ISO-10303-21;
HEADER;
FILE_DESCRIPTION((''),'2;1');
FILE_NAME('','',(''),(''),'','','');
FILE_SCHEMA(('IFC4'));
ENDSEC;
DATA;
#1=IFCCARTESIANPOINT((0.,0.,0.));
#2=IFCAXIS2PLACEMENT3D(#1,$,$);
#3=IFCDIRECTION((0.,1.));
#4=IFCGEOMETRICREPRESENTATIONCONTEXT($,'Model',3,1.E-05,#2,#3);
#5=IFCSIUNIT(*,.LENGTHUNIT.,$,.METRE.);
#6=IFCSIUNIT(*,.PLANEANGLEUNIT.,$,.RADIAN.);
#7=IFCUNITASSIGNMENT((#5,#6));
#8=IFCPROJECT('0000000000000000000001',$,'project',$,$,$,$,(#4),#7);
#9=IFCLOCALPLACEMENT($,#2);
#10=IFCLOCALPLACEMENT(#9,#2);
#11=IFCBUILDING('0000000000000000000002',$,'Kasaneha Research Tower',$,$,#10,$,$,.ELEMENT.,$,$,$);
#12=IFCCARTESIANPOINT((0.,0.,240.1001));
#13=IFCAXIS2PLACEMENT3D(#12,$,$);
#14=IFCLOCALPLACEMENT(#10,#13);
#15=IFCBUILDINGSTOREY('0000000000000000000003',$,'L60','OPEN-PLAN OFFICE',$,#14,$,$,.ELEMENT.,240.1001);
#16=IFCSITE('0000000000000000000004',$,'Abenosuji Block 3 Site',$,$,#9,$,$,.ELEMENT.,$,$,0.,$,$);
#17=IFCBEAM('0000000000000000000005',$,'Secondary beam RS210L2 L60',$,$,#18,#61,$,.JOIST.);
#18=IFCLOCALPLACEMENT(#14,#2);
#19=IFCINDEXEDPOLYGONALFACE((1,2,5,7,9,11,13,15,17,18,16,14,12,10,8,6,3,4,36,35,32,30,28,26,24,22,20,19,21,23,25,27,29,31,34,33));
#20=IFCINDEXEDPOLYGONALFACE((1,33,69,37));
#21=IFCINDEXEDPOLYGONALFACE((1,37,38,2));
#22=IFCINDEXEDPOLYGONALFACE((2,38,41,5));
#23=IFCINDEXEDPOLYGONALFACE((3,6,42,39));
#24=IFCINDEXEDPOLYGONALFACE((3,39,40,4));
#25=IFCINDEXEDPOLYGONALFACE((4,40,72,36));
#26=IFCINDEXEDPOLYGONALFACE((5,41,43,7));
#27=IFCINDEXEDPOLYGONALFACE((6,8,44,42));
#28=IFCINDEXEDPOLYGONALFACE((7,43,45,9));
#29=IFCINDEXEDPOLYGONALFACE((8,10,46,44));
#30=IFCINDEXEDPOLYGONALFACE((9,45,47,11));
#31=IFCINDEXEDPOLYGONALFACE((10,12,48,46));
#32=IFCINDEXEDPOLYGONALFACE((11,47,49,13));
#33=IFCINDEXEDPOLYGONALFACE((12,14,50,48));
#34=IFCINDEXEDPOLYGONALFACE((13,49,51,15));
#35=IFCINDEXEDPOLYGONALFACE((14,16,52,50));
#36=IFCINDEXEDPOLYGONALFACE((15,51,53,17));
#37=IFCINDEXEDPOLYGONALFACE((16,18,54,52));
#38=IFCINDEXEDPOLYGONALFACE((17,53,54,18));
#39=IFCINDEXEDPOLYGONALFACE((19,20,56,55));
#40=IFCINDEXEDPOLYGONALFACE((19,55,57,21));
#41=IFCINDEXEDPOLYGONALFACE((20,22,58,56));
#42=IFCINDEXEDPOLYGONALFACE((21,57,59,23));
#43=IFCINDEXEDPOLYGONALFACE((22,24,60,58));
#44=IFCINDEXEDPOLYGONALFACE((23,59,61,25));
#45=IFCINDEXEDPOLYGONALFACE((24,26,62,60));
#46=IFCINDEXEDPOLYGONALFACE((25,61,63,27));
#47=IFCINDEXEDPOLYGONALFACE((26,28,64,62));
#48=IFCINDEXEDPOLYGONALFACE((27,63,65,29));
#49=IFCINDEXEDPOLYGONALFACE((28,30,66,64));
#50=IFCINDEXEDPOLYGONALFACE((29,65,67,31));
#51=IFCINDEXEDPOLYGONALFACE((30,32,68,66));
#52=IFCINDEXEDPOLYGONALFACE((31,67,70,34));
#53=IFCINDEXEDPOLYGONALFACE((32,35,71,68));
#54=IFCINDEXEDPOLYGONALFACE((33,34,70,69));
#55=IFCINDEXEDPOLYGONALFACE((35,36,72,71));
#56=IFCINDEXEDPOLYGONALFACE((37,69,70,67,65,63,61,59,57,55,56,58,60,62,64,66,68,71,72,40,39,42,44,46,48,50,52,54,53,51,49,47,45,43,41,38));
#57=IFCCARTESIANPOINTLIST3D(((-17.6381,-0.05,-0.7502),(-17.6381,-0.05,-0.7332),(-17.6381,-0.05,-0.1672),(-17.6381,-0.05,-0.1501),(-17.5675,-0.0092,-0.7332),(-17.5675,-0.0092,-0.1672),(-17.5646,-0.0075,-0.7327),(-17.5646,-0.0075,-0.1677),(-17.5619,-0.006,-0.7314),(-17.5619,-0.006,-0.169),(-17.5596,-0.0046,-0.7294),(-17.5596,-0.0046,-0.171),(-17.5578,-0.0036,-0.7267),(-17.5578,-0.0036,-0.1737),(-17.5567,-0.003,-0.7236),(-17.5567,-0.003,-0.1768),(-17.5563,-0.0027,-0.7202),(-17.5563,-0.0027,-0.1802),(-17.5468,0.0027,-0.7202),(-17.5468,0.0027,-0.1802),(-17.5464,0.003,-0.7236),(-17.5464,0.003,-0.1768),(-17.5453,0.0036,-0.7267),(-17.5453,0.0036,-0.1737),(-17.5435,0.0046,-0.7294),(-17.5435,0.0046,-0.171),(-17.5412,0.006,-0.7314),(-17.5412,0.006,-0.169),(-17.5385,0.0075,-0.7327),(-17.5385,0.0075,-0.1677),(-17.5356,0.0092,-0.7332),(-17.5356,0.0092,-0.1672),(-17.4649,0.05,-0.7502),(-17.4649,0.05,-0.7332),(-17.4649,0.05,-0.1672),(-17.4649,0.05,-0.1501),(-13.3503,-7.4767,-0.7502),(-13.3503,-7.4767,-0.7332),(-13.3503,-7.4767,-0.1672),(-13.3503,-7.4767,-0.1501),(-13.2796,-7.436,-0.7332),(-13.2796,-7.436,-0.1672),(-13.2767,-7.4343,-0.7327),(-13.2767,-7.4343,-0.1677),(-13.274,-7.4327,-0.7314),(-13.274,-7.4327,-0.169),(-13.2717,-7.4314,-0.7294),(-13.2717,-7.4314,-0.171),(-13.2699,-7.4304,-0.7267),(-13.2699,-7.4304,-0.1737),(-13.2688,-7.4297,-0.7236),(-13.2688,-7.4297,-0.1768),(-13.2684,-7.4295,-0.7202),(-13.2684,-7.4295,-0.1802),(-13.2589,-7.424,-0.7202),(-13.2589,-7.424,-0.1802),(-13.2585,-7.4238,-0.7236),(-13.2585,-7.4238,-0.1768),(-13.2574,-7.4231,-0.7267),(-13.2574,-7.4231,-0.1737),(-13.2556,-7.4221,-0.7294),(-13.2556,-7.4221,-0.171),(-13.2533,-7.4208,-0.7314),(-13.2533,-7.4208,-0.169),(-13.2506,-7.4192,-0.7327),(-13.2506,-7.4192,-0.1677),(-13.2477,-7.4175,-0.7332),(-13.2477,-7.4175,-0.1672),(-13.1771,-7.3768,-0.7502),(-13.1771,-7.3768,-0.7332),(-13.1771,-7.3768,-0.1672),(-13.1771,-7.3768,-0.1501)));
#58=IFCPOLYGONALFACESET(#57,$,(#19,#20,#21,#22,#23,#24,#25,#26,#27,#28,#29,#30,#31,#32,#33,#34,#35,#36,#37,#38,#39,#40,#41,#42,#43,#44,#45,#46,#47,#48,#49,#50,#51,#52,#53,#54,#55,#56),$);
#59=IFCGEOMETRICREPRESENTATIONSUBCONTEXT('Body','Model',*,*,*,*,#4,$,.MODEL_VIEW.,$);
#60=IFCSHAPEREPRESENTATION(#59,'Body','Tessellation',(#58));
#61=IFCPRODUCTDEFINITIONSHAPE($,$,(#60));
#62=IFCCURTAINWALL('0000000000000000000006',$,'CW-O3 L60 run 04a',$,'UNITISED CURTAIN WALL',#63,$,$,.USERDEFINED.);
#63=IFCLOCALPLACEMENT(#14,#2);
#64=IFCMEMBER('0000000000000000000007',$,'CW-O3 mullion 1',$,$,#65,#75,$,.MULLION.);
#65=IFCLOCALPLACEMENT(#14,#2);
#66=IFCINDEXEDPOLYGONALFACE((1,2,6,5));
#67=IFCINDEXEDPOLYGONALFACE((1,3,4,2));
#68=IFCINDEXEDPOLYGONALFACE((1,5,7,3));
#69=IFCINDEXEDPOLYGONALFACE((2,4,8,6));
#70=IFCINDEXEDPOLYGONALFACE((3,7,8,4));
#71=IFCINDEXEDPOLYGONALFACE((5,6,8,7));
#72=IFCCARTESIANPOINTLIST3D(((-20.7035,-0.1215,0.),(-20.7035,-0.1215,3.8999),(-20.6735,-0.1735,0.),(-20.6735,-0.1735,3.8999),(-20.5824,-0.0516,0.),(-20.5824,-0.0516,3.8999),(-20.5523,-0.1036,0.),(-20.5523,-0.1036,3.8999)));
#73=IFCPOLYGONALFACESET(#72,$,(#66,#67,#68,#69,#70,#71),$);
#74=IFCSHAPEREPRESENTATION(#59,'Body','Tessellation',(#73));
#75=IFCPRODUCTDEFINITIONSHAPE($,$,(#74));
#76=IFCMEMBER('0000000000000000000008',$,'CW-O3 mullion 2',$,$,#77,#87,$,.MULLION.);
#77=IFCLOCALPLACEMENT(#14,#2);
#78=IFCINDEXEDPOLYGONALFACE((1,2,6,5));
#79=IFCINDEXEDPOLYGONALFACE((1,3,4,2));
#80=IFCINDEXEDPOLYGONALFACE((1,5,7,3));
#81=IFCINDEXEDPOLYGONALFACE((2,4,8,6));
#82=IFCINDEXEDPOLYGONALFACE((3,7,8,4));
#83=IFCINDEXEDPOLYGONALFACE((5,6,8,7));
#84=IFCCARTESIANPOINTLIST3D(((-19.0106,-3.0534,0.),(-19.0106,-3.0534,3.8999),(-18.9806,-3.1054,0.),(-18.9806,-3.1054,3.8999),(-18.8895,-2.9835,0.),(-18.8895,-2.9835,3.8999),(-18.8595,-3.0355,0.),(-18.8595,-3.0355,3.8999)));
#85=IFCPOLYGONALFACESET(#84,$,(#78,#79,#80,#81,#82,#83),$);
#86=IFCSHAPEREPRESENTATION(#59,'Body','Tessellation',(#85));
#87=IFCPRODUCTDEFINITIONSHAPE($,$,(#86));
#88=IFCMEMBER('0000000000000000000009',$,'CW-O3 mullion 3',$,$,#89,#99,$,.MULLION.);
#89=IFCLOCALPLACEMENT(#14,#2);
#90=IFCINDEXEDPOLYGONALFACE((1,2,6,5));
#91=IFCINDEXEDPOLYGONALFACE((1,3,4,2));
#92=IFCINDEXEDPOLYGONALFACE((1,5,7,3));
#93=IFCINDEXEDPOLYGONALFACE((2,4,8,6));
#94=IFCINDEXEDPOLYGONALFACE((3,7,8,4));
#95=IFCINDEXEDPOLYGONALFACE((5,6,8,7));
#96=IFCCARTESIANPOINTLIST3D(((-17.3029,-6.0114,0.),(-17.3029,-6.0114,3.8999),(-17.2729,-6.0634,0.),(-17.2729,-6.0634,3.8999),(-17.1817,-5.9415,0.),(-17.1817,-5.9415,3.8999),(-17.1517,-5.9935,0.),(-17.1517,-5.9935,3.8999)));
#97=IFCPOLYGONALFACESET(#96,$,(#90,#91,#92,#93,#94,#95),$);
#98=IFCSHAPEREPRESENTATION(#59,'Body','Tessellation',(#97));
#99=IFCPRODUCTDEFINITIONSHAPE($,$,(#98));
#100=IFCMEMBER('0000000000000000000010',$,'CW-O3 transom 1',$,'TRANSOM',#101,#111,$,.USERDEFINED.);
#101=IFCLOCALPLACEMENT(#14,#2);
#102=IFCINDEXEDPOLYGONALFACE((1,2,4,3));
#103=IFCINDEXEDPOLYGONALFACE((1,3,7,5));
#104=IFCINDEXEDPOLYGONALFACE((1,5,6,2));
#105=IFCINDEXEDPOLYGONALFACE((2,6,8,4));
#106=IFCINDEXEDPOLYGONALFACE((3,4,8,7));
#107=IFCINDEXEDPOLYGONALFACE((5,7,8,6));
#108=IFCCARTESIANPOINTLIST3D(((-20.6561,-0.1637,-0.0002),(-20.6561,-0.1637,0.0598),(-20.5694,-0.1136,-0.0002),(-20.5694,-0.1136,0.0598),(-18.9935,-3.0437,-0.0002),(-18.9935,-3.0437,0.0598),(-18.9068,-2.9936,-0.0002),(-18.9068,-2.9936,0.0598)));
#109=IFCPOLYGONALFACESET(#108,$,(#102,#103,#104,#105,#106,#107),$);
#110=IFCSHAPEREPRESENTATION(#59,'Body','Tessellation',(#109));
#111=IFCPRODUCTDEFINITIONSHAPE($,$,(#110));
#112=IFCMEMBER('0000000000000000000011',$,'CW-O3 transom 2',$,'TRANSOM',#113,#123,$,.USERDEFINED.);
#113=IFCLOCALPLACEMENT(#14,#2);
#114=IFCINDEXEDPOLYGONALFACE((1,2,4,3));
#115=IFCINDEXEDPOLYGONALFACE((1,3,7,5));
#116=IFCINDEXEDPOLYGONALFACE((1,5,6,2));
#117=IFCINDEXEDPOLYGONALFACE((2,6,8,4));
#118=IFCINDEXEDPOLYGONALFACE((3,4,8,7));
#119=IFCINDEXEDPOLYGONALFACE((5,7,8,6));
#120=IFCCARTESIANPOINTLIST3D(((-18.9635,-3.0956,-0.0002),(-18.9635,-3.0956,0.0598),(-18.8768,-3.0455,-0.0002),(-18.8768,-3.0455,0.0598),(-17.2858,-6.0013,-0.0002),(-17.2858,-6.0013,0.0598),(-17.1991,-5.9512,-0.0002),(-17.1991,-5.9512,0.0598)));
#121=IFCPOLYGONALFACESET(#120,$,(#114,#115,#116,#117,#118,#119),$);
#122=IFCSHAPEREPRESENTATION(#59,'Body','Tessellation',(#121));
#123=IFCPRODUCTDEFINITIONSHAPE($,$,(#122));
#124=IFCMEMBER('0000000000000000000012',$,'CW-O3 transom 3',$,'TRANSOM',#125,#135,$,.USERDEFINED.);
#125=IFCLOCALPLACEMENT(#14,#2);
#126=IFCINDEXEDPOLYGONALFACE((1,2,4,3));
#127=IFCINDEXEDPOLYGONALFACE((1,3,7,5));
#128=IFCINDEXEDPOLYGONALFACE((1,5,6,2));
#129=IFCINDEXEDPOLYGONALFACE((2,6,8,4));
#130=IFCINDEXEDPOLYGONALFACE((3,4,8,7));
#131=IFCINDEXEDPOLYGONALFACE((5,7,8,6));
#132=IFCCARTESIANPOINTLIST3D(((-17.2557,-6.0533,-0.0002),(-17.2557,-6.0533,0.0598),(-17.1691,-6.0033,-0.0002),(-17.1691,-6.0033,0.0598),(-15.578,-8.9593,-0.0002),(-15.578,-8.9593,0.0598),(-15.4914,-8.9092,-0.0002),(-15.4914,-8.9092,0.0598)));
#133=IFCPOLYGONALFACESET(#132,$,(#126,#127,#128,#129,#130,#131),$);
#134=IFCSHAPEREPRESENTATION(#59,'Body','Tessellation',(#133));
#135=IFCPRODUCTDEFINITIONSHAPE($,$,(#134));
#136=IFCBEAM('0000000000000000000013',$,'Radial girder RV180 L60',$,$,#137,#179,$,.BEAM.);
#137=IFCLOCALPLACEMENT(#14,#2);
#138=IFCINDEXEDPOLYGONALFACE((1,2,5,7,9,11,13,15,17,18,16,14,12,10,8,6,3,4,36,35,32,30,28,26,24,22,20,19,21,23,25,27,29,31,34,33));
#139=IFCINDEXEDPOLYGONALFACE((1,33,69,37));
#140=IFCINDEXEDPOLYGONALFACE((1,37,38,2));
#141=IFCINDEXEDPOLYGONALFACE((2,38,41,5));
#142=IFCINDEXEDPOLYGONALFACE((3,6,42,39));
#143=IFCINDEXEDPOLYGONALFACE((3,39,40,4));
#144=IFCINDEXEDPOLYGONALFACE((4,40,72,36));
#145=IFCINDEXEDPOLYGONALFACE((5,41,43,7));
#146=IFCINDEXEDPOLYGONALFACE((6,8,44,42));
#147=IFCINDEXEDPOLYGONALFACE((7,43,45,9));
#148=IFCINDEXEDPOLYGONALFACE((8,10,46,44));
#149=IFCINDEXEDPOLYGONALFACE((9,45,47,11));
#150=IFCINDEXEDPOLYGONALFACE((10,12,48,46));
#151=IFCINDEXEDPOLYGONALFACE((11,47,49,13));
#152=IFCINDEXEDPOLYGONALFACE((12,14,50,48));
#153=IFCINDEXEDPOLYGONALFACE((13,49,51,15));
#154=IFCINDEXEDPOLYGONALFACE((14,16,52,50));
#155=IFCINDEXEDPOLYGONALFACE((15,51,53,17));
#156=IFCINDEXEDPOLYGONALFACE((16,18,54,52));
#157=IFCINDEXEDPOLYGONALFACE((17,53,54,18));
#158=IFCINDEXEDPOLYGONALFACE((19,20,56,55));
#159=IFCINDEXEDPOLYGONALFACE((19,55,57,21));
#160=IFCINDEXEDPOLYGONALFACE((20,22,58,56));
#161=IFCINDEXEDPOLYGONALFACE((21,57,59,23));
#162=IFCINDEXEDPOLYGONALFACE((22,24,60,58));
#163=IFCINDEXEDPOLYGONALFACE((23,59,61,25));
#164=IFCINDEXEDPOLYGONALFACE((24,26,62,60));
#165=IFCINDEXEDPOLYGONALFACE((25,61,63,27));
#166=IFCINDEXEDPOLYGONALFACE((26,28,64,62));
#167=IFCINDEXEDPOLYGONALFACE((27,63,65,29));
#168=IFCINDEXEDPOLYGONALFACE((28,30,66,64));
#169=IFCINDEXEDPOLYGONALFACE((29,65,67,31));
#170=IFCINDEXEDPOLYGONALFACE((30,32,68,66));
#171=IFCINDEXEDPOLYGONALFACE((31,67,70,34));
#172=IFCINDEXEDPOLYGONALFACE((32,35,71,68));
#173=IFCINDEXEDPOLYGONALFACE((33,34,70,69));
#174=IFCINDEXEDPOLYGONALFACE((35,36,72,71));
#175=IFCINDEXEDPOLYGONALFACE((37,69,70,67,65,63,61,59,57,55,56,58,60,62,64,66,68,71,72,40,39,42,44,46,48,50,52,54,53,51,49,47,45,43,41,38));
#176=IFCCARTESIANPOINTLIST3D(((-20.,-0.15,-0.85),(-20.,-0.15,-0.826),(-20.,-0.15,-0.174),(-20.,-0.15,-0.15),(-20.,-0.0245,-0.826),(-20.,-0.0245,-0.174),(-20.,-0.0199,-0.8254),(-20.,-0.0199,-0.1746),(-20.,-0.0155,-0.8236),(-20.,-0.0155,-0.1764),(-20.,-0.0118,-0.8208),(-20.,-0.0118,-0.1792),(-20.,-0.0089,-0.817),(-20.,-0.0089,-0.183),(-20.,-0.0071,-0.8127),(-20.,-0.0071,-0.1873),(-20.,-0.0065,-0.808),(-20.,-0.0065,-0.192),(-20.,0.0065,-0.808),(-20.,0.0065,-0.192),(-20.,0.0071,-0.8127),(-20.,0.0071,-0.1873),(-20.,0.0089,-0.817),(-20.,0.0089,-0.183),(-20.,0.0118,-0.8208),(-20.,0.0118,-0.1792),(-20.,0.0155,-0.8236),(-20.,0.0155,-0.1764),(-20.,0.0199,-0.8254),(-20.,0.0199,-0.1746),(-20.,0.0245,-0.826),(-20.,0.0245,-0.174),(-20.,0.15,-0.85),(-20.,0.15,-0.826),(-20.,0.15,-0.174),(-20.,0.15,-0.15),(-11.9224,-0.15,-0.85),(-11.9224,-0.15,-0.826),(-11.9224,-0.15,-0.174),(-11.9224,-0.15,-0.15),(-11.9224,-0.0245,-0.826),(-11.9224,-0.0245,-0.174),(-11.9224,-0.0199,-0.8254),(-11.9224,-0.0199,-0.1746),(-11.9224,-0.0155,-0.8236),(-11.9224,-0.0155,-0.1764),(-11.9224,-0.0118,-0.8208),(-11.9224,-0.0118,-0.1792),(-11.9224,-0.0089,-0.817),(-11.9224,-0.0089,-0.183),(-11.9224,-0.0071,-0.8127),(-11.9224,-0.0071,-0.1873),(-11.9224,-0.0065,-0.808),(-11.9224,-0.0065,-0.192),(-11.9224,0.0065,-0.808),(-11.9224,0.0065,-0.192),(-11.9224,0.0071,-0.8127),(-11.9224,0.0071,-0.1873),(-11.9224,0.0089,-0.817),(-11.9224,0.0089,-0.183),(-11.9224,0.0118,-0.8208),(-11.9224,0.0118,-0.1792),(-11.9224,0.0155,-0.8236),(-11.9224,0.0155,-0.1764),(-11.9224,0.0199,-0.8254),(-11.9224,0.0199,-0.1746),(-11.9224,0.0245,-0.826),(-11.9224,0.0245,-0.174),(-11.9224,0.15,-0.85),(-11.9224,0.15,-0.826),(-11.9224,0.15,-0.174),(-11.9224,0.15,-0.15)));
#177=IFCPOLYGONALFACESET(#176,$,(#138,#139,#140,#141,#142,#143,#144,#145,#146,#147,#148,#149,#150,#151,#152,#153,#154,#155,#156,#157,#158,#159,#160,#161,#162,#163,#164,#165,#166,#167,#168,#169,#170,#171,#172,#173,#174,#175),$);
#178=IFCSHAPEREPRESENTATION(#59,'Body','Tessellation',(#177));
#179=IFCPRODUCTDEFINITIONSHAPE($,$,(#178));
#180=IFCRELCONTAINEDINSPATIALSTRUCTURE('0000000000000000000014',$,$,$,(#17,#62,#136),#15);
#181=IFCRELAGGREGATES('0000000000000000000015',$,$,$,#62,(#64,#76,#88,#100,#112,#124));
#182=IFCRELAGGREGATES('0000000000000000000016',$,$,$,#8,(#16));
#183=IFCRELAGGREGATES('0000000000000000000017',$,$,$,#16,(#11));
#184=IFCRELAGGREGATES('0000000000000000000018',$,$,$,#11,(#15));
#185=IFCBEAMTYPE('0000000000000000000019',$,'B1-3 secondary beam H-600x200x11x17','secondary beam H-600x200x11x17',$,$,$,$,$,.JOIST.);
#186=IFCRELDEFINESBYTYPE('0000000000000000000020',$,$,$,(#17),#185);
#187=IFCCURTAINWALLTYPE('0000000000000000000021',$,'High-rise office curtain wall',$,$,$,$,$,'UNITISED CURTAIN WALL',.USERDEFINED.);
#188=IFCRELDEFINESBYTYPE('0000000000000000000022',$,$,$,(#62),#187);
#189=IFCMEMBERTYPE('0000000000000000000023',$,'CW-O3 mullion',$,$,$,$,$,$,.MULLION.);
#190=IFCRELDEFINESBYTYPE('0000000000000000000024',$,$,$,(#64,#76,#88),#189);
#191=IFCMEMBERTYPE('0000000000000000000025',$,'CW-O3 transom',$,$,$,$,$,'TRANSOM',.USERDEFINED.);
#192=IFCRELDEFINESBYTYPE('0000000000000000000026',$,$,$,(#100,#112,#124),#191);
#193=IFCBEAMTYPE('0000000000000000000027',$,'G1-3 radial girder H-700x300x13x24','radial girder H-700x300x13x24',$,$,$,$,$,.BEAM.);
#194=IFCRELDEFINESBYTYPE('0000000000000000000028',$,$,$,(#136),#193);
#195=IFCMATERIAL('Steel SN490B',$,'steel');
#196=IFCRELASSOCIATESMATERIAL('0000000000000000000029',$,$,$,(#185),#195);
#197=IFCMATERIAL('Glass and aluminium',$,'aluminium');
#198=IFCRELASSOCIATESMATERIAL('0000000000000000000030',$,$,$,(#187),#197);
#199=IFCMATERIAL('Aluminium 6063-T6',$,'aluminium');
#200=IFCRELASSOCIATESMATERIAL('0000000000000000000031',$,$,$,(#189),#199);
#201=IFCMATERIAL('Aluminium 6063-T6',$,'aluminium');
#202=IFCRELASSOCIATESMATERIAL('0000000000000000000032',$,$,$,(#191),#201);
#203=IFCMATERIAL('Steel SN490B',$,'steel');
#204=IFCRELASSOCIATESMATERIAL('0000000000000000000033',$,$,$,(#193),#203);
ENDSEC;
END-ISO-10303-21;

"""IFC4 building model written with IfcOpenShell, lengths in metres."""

from ifc_helpers import new_model, si_unit, direction, frame, origin, origin_2d, place, context, subcontext, project, spatial, rectangle, i_section, extrude, material, material_profile, profile_set, type_object, element, aggregate, save


model = new_model("IFC4")

# Units and contexts
model_context = context("Model", 3, precision=1e-05, world=origin(), true_north=direction((0.0, 1.0)))
body_context = subcontext(model_context, "Body", "Model", "MODEL_VIEW")
ifc_project = project(units=[si_unit("LENGTHUNIT", "METRE"), si_unit("PLANEANGLEUNIT", "RADIAN")], contexts=[model_context])

# Site, building, storey
site_placement = place(None, origin())
site = spatial("IfcSite", under=ifc_project, at=site_placement, Name="Abenosuji Block 3 Site", CompositionType="ELEMENT", RefElevation=0.0)
building_placement = place(site_placement, origin())
building = spatial("IfcBuilding", under=site, at=building_placement, Name="Kasaneha Research Tower", CompositionType="ELEMENT")
storey_placement = place(building_placement, frame((0.0, 0.0, 240.1001)))
storey = spatial("IfcBuildingStorey", under=building, at=storey_placement, Name="L60", Description="OPEN-PLAN OFFICE", CompositionType="ELEMENT", Elevation=240.1001)

# Beam
ifc_material_1 = material(Name="Steel SN490B", Category="steel")
ifc_material_profile_1 = material_profile(ifc_material_1, i_section(OverallWidth=0.2, OverallDepth=0.6001, WebThickness=0.011, FlangeThickness=0.0171, FilletRadius=0.0129, at=origin_2d()), Name="H-600x200x11x17")
ifc_profile_set_1 = profile_set([ifc_material_profile_1], Name="Steel SN490B")
beam_type_1 = type_object("IfcBeamType", Name="B1-3 secondary beam H-600x200x11x17", Description="secondary beam H-600x200x11x17", PredefinedType="JOIST", material=ifc_profile_set_1)
beam_1_placement = place(storey_placement, frame((-17.5515, 0.0, -0.4502), z_axis=(0.5, -0.866025, 0.0), x_axis=(0.866025, 0.5, 0.0)))
element("IfcBeam", 1, at=beam_1_placement, inside=storey, type_object=beam_type_1, Name="Secondary beam RS210L2 L60", PredefinedType="JOIST", context=body_context, shape_type="SweptSolid", body=[
    extrude(i_section(OverallWidth=0.2, OverallDepth=0.6001, WebThickness=0.011, FlangeThickness=0.0171, FilletRadius=0.0129, at=origin_2d()), origin(), (0.0, 0.0, 1.0), 8.5757),
])

# Curtain wall, members
ifc_material_2 = material(Name="Glass and aluminium", Category="aluminium")
curtain_wall_type = type_object("IfcCurtainWallType", Name="High-rise office curtain wall", ElementType="UNITISED CURTAIN WALL", PredefinedType="USERDEFINED", material=ifc_material_2)
curtain_wall_placement = place(storey_placement, origin())
curtain_wall = element("IfcCurtainWall", 2, at=curtain_wall_placement, inside=storey, type_object=curtain_wall_type, Name="CW-O3 L60 run 04a", ObjectType="UNITISED CURTAIN WALL", PredefinedType="USERDEFINED")
ifc_material_3 = material(Name="Aluminium 6063-T6", Category="aluminium")
ifc_material_profile_2 = material_profile(ifc_material_3, rectangle(XDim=0.0601, YDim=0.1399, at=origin_2d()), Name="CW-O3 mullion 60x140")
ifc_profile_set_2 = profile_set([ifc_material_profile_2], Name="Aluminium 6063-T6")
member_type_1 = type_object("IfcMemberType", Name="CW-O3 mullion", PredefinedType="MULLION", material=ifc_profile_set_2)
member_1_placement = place(storey_placement, frame((-20.6279, -0.1125, 0.0), z_axis=(0.0, 0.0, 1.0), x_axis=(0.5, -0.866025, 0.0)))
member_1 = element("IfcMember", 3, at=member_1_placement, type_object=member_type_1, Name="CW-O3 mullion 1", PredefinedType="MULLION", context=body_context, shape_type="SweptSolid", body=[
    extrude(rectangle(XDim=0.0601, YDim=0.1399, at=origin_2d()), origin(), (0.0, 0.0, 1.0), 3.8999),
])
member_2_placement = place(storey_placement, frame((-18.9351, -3.0444, 0.0), z_axis=(0.0, 0.0, 1.0), x_axis=(0.5, -0.866025, 0.0)))
member_2 = element("IfcMember", 4, at=member_2_placement, type_object=member_type_1, Name="CW-O3 mullion 2", PredefinedType="MULLION", context=body_context, shape_type="SweptSolid", body=[
    extrude(rectangle(XDim=0.0601, YDim=0.1399, at=origin_2d()), origin(), (0.0, 0.0, 1.0), 3.8999),
])
member_3_placement = place(storey_placement, frame((-17.2273, -6.0024, 0.0), z_axis=(0.0, 0.0, 1.0), x_axis=(0.5, -0.866025, 0.0)))
member_3 = element("IfcMember", 5, at=member_3_placement, type_object=member_type_1, Name="CW-O3 mullion 3", PredefinedType="MULLION", context=body_context, shape_type="SweptSolid", body=[
    extrude(rectangle(XDim=0.0601, YDim=0.1399, at=origin_2d()), origin(), (0.0, 0.0, 1.0), 3.8999),
])
ifc_material_4 = material(Name="Aluminium 6063-T6", Category="aluminium")
ifc_material_profile_3 = material_profile(ifc_material_4, rectangle(XDim=0.1001, YDim=0.0601, at=origin_2d()), Name="CW-O3 transom 100x60")
ifc_profile_set_3 = profile_set([ifc_material_profile_3], Name="Aluminium 6063-T6")
member_type_2 = type_object("IfcMemberType", Name="CW-O3 transom", ElementType="TRANSOM", PredefinedType="USERDEFINED", material=ifc_profile_set_3)
member_4_placement = place(storey_placement, frame((-20.6128, -0.1387, 0.0298), z_axis=(0.499977, -0.866039, 0.0), x_axis=(0.866039, 0.499977, 0.0)))
member_4 = element("IfcMember", 6, at=member_4_placement, type_object=member_type_2, Name="CW-O3 transom 1", ObjectType="TRANSOM", PredefinedType="USERDEFINED", context=body_context, shape_type="SweptSolid", body=[
    extrude(rectangle(XDim=0.1001, YDim=0.0601, at=origin_2d()), origin(), (0.0, 0.0, 1.0), 3.3254),
])
member_5_placement = place(storey_placement, frame((-18.9202, -3.0706, 0.0298), z_axis=(0.500021, -0.866014, 0.0), x_axis=(0.866014, 0.500021, 0.0)))
member_5 = element("IfcMember", 7, at=member_5_placement, type_object=member_type_2, Name="CW-O3 transom 2", ObjectType="TRANSOM", PredefinedType="USERDEFINED", context=body_context, shape_type="SweptSolid", body=[
    extrude(rectangle(XDim=0.1001, YDim=0.0601, at=origin_2d()), origin(), (0.0, 0.0, 1.0), 3.3552),
])
member_6_placement = place(storey_placement, frame((-17.2124, -6.0283, 0.0298), z_axis=(0.499989, -0.866032, 0.0), x_axis=(0.866032, 0.499989, 0.0)))
member_6 = element("IfcMember", 8, at=member_6_placement, type_object=member_type_2, Name="CW-O3 transom 3", ObjectType="TRANSOM", PredefinedType="USERDEFINED", context=body_context, shape_type="SweptSolid", body=[
    extrude(rectangle(XDim=0.1001, YDim=0.0601, at=origin_2d()), origin(), (0.0, 0.0, 1.0), 3.3555),
])

# Beam
ifc_material_5 = material(Name="Steel SN490B", Category="steel")
ifc_material_profile_4 = material_profile(ifc_material_5, i_section(OverallWidth=0.3, OverallDepth=0.7, WebThickness=0.0129, FlangeThickness=0.0239, FilletRadius=0.0181, at=origin_2d()), Name="H-700x300x13x24")
ifc_profile_set_4 = profile_set([ifc_material_profile_4], Name="Steel SN490B")
beam_type_2 = type_object("IfcBeamType", Name="G1-3 radial girder H-700x300x13x24", Description="radial girder H-700x300x13x24", PredefinedType="BEAM", material=ifc_profile_set_4)
beam_2_placement = place(storey_placement, frame((-11.9224, 0.0, -0.5), z_axis=(-1.0, 0.0, 0.0), x_axis=(0.0, -1.0, 0.0)))
element("IfcBeam", 9, at=beam_2_placement, inside=storey, type_object=beam_type_2, Name="Radial girder RV180 L60", PredefinedType="BEAM", context=body_context, shape_type="SweptSolid", body=[
    extrude(i_section(OverallWidth=0.3, OverallDepth=0.7, WebThickness=0.0129, FlangeThickness=0.0239, FilletRadius=0.0181, at=origin_2d()), origin(), (0.0, 0.0, 1.0), 8.0776),
])

aggregate(curtain_wall, [member_1, member_2, member_3, member_4, member_5, member_6])

save(model, "model.ifc")
